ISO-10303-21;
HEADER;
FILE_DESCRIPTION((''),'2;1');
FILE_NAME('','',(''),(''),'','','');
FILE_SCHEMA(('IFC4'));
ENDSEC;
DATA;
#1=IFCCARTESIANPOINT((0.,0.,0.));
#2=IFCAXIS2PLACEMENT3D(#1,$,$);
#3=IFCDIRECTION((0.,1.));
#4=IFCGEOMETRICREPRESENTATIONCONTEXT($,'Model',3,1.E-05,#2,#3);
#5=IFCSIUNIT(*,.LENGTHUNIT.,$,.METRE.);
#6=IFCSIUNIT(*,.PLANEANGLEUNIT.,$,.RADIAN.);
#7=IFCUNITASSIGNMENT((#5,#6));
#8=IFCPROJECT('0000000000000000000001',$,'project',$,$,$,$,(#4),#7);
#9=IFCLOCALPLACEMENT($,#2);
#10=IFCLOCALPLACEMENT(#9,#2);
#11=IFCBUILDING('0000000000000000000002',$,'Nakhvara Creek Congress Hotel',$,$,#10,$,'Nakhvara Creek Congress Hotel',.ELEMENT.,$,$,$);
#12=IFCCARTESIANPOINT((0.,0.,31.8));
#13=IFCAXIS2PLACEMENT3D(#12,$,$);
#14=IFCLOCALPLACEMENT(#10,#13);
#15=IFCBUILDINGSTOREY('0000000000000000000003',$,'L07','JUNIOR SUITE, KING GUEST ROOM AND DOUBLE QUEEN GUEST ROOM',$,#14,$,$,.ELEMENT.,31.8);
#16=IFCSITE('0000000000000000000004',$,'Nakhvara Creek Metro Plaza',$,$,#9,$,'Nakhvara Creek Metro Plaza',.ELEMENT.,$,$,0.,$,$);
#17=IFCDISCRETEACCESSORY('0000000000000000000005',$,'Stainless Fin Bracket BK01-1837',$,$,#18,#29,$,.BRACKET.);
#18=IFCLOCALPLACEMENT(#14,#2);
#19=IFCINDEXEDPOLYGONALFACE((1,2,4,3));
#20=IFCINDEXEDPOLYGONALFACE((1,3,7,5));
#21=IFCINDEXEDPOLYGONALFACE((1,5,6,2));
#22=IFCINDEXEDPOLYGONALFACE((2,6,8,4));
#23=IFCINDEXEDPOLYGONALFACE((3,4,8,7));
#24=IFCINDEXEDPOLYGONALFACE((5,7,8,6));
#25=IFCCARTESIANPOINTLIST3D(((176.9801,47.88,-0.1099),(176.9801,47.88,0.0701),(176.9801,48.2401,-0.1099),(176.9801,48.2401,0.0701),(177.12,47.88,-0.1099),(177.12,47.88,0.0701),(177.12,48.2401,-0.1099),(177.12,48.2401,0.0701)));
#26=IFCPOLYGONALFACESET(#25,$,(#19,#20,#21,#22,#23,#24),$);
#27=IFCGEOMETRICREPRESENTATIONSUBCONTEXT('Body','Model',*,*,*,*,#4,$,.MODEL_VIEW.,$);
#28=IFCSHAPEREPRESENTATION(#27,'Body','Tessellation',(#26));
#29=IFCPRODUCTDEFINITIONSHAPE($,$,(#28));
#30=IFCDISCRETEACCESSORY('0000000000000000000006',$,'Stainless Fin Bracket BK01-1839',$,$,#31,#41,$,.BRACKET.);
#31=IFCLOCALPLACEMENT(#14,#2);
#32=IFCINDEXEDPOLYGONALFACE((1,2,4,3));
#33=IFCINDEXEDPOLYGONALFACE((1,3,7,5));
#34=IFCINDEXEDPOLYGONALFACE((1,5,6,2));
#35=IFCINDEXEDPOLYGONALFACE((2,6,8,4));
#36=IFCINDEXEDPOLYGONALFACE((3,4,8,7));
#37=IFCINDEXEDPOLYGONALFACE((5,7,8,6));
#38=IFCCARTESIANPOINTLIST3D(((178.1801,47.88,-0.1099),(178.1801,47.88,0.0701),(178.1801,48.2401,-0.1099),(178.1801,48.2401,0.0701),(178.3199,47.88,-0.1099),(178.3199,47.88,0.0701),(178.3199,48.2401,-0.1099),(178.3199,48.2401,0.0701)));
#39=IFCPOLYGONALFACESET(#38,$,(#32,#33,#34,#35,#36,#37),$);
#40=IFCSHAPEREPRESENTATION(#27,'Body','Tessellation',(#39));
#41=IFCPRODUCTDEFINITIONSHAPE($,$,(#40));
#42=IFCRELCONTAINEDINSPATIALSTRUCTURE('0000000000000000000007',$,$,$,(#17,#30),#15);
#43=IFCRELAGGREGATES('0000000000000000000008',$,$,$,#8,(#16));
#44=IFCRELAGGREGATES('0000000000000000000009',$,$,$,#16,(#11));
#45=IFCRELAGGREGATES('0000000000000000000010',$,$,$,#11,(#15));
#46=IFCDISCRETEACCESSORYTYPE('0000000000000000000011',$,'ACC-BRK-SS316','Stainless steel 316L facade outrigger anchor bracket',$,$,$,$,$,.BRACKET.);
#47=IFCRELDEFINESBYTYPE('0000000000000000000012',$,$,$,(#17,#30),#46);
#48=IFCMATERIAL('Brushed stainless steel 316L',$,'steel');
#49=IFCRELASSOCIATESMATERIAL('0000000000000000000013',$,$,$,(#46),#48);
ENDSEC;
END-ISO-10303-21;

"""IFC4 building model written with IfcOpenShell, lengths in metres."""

from ifc_helpers import new_model, si_unit, direction, frame, origin, origin_2d, place, context, subcontext, project, spatial, rectangle, extrude, material, type_object, element, save


model = new_model("IFC4")

# Units and contexts
model_context = context("Model", 3, precision=1e-05, world=origin(), true_north=direction((0.0, 1.0)))
body_context = subcontext(model_context, "Body", "Model", "MODEL_VIEW")
ifc_project = project(units=[si_unit("LENGTHUNIT", "METRE"), si_unit("PLANEANGLEUNIT", "RADIAN")], contexts=[model_context])

# Site, building, storey
site_placement = place(None, origin())
site = spatial("IfcSite", under=ifc_project, at=site_placement, Name="Nakhvara Creek Metro Plaza", LongName="Nakhvara Creek Metro Plaza", CompositionType="ELEMENT", RefElevation=0.0)
building_placement = place(site_placement, origin())
building = spatial("IfcBuilding", under=site, at=building_placement, Name="Nakhvara Creek Congress Hotel", LongName="Nakhvara Creek Congress Hotel", CompositionType="ELEMENT")
storey_placement = place(building_placement, frame((0.0, 0.0, 31.8)))
storey = spatial("IfcBuildingStorey", under=building, at=storey_placement, Name="L07", Description="JUNIOR SUITE, KING GUEST ROOM AND DOUBLE QUEEN GUEST ROOM", CompositionType="ELEMENT", Elevation=31.8)

# Discrete accessories
ifc_material_1 = material(Name="Brushed stainless steel 316L", Category="steel")
discrete_accessory_type = type_object("IfcDiscreteAccessoryType", Name="ACC-BRK-SS316", Description="Stainless steel 316L facade outrigger anchor bracket", PredefinedType="BRACKET", material=ifc_material_1)
for number, where, z_axis, x_axis, name in (
    (1, (177.05, 48.0601, -0.1099), (0.0, 0.0, 1.0), (1.0, 0.0, 0.0), "Stainless Fin Bracket BK01-1837"),
    (2, (178.25, 48.0601, -0.1099), (0.0, 0.0, 1.0), (1.0, 0.0, 0.0), "Stainless Fin Bracket BK01-1839"),
):
    element("IfcDiscreteAccessory", number, at=place(storey_placement, frame(where, z_axis=z_axis, x_axis=x_axis)), inside=storey, type_object=discrete_accessory_type, Name=name, PredefinedType="BRACKET", context=body_context, shape_type="SweptSolid", body=[
        extrude(rectangle(XDim=0.1399, YDim=0.3601, at=origin_2d()), origin(), (0.0, 0.0, 1.0), 0.1799),
    ])

save(model, "model.ifc")
